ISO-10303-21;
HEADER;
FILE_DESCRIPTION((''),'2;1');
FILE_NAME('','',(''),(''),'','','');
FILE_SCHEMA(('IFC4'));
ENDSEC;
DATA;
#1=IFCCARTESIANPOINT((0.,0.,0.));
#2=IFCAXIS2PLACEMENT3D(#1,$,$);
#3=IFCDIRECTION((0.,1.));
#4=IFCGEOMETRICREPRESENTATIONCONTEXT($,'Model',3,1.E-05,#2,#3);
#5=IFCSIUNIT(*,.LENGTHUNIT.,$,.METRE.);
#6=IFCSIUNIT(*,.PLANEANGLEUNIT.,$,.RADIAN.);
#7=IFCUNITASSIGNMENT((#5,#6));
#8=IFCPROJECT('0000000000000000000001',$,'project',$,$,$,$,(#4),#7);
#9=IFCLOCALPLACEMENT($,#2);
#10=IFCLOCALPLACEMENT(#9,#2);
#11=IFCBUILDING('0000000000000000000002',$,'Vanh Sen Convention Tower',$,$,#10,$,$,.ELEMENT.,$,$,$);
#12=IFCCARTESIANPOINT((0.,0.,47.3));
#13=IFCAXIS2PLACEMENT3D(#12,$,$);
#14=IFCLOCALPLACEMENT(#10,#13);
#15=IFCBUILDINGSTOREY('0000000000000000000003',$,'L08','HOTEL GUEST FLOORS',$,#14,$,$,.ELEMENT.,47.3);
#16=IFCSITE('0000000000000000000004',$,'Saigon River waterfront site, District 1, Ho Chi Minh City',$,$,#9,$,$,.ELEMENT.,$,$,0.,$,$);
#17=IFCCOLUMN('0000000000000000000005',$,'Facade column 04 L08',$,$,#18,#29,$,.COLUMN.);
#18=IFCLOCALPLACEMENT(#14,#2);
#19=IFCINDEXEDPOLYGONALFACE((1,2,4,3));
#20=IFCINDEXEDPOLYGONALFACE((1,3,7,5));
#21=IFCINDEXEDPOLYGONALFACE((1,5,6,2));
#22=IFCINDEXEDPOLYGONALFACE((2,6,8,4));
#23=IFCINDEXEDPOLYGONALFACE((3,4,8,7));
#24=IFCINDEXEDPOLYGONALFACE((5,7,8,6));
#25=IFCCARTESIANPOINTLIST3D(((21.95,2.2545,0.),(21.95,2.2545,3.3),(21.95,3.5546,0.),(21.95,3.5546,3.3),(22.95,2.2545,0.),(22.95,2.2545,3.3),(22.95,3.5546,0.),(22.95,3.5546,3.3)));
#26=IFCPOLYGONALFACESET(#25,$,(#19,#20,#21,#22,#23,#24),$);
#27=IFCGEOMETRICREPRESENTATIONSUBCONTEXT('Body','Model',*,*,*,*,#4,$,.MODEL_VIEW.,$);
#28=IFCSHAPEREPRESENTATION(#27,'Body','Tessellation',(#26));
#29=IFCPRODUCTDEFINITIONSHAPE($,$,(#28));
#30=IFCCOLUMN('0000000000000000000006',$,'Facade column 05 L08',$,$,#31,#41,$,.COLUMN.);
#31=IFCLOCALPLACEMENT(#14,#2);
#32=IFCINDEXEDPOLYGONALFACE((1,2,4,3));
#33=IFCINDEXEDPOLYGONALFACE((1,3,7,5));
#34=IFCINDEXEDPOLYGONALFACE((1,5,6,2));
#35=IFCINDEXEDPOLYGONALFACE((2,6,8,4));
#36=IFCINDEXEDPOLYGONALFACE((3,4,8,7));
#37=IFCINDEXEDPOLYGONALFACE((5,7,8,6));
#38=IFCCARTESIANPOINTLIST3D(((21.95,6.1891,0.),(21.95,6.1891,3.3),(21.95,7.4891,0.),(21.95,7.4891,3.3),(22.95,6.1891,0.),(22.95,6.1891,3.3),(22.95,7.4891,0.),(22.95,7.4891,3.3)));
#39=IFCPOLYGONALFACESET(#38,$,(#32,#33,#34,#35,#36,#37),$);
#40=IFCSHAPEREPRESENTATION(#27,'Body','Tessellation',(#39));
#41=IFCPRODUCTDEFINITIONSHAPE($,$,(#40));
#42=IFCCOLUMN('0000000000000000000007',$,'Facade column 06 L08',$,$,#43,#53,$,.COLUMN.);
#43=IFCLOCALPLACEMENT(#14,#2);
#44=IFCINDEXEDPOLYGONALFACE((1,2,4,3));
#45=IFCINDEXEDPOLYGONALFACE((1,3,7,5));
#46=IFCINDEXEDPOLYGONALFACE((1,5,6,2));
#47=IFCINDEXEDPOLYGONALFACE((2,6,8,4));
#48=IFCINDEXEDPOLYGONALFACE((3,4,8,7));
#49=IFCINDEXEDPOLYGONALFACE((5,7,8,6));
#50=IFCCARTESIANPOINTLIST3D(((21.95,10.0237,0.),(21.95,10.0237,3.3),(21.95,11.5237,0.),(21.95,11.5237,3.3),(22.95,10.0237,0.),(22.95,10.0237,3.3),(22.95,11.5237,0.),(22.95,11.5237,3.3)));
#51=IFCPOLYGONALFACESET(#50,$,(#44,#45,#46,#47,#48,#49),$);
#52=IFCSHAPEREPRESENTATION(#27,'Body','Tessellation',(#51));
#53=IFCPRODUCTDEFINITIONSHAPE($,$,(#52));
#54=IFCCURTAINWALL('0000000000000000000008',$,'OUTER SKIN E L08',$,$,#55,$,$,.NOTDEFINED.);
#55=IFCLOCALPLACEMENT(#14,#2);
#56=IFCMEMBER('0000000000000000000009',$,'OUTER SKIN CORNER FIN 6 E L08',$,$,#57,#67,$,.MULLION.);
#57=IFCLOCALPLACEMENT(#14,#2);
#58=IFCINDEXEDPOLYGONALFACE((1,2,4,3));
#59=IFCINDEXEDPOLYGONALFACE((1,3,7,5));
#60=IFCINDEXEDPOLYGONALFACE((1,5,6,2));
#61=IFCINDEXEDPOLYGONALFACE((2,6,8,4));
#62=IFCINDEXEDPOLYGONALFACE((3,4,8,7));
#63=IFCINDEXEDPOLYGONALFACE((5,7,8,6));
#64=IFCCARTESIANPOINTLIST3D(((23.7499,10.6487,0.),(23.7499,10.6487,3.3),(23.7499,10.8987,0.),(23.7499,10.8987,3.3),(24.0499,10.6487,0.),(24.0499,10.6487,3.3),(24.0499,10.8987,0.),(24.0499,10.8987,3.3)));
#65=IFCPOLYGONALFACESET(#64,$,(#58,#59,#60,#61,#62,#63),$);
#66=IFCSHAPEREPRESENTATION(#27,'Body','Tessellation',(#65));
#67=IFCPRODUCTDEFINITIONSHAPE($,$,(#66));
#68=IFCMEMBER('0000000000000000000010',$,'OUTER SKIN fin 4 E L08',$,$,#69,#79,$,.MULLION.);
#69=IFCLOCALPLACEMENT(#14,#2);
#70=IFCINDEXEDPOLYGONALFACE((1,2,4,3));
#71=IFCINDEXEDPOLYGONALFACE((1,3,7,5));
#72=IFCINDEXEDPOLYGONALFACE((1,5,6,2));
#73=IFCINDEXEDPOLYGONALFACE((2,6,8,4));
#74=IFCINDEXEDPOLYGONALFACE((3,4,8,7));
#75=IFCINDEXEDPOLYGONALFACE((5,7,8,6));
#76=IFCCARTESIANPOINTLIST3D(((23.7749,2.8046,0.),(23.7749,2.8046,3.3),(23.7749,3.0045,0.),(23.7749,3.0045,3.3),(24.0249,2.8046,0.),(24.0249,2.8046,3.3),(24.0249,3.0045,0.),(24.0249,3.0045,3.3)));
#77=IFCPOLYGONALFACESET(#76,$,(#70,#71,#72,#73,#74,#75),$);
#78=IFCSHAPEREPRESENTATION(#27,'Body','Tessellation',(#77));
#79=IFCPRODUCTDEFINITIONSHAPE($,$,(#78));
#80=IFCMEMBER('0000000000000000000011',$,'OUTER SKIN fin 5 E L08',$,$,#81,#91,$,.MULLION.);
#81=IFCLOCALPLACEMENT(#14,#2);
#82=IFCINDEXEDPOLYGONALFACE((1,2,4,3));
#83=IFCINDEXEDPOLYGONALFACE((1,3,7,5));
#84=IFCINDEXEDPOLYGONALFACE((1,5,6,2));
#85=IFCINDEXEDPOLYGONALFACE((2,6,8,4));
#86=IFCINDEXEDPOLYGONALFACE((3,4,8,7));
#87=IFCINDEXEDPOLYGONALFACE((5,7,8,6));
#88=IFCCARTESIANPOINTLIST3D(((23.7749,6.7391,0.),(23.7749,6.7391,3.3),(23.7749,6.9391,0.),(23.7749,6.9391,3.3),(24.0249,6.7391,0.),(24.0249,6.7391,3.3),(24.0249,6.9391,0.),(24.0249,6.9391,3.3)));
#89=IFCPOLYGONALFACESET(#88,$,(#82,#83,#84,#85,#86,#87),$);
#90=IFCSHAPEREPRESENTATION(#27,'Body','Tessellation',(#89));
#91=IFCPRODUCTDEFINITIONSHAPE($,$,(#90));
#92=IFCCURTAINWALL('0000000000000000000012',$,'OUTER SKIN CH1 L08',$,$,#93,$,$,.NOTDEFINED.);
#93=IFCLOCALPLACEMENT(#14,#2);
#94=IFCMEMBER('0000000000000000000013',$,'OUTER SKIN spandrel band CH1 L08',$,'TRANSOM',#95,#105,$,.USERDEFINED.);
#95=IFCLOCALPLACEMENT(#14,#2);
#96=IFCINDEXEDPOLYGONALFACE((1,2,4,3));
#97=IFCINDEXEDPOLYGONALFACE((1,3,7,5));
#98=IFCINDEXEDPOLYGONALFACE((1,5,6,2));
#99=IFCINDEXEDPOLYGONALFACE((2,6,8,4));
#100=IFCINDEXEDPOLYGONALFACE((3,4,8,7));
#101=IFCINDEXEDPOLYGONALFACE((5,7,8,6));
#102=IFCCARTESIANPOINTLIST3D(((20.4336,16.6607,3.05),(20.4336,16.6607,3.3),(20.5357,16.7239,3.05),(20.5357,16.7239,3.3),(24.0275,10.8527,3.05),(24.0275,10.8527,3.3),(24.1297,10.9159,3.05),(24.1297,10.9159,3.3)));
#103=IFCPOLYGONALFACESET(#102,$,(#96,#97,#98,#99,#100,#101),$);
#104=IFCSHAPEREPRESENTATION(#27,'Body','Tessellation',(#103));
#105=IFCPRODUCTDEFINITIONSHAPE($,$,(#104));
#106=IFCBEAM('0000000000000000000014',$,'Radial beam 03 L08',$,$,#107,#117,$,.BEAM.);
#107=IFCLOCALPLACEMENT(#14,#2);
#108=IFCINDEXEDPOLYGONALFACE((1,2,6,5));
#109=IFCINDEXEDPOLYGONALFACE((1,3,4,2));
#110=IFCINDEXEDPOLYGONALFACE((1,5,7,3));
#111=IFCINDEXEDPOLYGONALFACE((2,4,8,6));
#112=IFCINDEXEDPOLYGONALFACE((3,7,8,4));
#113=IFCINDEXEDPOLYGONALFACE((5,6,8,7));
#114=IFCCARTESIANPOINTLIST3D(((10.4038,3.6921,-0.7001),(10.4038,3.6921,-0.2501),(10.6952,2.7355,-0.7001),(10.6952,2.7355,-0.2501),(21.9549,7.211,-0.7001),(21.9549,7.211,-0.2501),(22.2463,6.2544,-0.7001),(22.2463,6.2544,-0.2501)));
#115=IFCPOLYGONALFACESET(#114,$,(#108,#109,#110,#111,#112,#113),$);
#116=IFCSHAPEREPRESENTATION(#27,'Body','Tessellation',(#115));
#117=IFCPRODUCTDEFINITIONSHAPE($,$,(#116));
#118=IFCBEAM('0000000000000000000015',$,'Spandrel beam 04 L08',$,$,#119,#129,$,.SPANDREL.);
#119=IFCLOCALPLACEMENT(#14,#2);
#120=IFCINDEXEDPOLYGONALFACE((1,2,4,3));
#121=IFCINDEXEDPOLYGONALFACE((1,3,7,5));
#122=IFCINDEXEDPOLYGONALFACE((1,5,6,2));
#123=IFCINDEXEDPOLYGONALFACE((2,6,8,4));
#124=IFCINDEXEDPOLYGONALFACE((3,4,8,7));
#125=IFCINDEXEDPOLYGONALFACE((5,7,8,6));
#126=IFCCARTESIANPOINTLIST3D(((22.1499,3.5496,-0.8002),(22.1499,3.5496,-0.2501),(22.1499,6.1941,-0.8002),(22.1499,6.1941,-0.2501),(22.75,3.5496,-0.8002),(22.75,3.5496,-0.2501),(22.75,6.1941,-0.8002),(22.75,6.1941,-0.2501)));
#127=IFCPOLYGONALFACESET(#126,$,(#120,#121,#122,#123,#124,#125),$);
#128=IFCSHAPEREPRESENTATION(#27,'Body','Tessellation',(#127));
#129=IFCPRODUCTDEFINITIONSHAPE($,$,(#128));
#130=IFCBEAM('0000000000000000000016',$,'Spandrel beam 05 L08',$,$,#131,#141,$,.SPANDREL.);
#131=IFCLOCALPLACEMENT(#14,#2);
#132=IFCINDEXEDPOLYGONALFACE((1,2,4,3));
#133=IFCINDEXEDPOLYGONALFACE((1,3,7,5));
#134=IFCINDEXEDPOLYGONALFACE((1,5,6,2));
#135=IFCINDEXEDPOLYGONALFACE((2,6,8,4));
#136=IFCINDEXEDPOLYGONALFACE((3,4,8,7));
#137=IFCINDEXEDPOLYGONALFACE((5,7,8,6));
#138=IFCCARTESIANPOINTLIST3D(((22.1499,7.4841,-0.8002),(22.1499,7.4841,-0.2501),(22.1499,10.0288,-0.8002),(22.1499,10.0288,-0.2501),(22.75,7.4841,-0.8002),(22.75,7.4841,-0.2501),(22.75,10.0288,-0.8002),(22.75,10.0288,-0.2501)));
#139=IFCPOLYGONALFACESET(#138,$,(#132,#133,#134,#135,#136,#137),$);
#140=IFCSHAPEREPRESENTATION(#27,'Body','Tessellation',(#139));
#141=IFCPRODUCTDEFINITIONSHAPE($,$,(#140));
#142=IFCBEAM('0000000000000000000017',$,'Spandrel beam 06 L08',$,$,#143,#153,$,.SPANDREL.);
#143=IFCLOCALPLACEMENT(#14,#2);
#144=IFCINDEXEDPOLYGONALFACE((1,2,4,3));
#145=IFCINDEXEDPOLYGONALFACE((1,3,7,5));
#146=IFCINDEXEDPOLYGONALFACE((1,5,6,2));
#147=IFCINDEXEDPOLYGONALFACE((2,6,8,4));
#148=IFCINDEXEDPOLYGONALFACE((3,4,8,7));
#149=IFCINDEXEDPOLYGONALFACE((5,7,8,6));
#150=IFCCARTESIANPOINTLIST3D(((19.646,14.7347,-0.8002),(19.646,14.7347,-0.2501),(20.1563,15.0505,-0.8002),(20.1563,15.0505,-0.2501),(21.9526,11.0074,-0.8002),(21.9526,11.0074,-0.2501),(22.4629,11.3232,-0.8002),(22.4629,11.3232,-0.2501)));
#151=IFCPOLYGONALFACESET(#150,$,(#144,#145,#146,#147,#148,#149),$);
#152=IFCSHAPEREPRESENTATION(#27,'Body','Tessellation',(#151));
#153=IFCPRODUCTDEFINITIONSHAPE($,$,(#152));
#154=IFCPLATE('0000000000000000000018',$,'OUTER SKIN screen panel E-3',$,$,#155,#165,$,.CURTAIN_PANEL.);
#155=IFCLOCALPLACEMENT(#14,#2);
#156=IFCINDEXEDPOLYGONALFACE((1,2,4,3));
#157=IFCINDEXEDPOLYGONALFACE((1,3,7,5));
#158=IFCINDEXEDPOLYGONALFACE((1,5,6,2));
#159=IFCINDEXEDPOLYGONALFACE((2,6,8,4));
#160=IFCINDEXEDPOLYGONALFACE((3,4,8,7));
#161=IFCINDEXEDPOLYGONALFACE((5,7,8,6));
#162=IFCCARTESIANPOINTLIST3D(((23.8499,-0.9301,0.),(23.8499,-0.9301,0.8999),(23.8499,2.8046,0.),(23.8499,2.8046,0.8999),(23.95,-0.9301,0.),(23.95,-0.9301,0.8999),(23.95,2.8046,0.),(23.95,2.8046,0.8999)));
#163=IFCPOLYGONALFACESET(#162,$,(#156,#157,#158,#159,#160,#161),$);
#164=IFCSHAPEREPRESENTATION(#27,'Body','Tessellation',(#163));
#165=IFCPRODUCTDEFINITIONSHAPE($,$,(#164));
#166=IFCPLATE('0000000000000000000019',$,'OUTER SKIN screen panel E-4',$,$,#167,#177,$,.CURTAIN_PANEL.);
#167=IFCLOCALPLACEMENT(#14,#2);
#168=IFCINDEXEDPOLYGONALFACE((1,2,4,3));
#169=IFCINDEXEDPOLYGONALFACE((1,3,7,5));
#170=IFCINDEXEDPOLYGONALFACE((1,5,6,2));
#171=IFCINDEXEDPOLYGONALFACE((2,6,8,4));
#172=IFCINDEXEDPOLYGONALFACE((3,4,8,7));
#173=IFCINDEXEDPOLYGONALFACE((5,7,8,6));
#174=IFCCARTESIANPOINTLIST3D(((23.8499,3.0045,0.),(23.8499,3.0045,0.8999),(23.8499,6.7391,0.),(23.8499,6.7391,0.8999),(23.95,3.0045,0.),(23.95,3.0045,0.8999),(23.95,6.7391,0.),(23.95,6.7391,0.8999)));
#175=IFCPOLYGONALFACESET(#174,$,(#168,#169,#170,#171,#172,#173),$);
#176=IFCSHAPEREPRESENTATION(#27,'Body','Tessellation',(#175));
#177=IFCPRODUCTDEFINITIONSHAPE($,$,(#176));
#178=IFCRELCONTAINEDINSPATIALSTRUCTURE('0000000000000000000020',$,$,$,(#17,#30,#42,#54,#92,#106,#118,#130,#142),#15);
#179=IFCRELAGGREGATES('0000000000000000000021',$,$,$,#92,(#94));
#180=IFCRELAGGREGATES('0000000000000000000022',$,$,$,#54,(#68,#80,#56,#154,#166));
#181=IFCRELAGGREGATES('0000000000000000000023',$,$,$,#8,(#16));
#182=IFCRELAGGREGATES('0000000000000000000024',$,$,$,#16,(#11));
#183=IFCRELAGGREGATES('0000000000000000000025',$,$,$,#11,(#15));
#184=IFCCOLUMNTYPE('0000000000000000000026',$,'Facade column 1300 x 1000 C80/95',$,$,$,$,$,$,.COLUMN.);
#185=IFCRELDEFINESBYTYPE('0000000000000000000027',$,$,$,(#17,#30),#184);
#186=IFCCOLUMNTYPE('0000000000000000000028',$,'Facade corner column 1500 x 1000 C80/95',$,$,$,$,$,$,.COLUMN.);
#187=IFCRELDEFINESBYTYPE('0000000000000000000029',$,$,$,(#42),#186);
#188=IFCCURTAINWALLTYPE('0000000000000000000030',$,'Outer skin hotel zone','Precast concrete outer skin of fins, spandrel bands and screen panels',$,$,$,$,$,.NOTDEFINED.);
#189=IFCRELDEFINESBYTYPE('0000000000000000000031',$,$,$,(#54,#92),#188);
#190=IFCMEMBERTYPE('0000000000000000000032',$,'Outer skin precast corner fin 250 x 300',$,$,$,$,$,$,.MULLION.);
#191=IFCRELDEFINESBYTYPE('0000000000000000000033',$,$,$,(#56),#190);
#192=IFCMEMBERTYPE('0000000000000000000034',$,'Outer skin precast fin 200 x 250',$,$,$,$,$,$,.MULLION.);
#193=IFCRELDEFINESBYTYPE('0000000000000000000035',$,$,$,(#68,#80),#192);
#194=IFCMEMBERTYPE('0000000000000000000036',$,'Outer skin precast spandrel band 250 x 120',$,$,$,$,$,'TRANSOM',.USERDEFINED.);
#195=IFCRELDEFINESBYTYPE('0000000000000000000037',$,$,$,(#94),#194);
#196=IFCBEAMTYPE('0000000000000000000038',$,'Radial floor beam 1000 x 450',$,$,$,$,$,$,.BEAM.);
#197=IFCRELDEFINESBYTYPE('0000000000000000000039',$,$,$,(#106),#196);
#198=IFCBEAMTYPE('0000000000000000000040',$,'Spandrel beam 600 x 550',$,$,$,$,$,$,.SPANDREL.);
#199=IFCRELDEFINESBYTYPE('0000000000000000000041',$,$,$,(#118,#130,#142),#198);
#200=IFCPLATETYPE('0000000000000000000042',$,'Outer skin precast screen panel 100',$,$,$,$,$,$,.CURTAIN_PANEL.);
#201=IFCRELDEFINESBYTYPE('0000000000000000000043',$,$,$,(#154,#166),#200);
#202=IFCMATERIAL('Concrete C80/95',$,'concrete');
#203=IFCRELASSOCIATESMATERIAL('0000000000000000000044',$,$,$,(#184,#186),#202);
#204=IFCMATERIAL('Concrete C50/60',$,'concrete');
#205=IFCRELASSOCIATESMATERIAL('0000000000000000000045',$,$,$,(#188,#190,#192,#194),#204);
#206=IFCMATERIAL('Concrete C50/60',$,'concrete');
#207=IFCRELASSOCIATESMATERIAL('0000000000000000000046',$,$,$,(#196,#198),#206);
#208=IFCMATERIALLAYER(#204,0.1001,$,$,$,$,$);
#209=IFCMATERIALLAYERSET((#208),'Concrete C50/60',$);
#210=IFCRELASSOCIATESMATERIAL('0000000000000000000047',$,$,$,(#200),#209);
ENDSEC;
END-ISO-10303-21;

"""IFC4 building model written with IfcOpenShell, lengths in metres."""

from ifc_helpers import new_model, si_unit, direction, frame, origin, origin_2d, place, context, subcontext, project, spatial, rectangle, extrude, material, layer, layer_set, material_profile, profile_set, type_object, element, aggregate, save


model = new_model("IFC4")

# Units and contexts
model_context = context("Model", 3, precision=1e-05, world=origin(), true_north=direction((0.0, 1.0)))
body_context = subcontext(model_context, "Body", "Model", "MODEL_VIEW")
ifc_project = project(units=[si_unit("LENGTHUNIT", "METRE"), si_unit("PLANEANGLEUNIT", "RADIAN")], contexts=[model_context])

# Site, building, storey
site_placement = place(None, origin())
site = spatial("IfcSite", under=ifc_project, at=site_placement, Name="Saigon River waterfront site, District 1, Ho Chi Minh City", CompositionType="ELEMENT", RefElevation=0.0)
building_placement = place(site_placement, origin())
building = spatial("IfcBuilding", under=site, at=building_placement, Name="Vanh Sen Convention Tower", CompositionType="ELEMENT")
storey_placement = place(building_placement, frame((0.0, 0.0, 47.3)))
storey = spatial("IfcBuildingStorey", under=building, at=storey_placement, Name="L08", Description="HOTEL GUEST FLOORS", CompositionType="ELEMENT", Elevation=47.3)

# Columns
ifc_material_1 = material(Name="Concrete C80/95", Category="concrete")
ifc_material_profile_1 = material_profile(ifc_material_1, rectangle(XDim=1.3, YDim=1.0, at=origin_2d()), Name="RC 1300X1000")
ifc_profile_set_1 = profile_set([ifc_material_profile_1], Name="Concrete C80/95")
column_type_1 = type_object("IfcColumnType", Name="Facade column 1300 x 1000 C80/95", PredefinedType="COLUMN", material=ifc_profile_set_1)
for number, where, z_axis, x_axis, name in (
    (1, (22.45, 2.9045, 0.0), (0.0, 0.0, 1.0), (0.0, 1.0, 0.0), "Facade column 04 L08"),
    (2, (22.45, 6.8391, 0.0), (0.0, 0.0, 1.0), (0.0, 1.0, 0.0), "Facade column 05 L08"),
):
    element("IfcColumn", number, at=place(storey_placement, frame(where, z_axis=z_axis, x_axis=x_axis)), inside=storey, type_object=column_type_1, Name=name, PredefinedType="COLUMN", context=body_context, shape_type="SweptSolid", body=[
        extrude(rectangle(XDim=1.3, YDim=1.0, at=origin_2d()), origin(), (0.0, 0.0, 1.0), 3.3),
    ])
ifc_material_profile_2 = material_profile(ifc_material_1, rectangle(XDim=1.5, YDim=1.0, at=origin_2d()), Name="RC 1500X1000")
ifc_profile_set_2 = profile_set([ifc_material_profile_2], Name="Concrete C80/95")
column_type_2 = type_object("IfcColumnType", Name="Facade corner column 1500 x 1000 C80/95", PredefinedType="COLUMN", material=ifc_profile_set_2)
column_placement = place(storey_placement, frame((22.45, 10.7737, 0.0), z_axis=(0.0, 0.0, 1.0), x_axis=(0.0, 1.0, 0.0)))
element("IfcColumn", 3, at=column_placement, inside=storey, type_object=column_type_2, Name="Facade column 06 L08", PredefinedType="COLUMN", context=body_context, shape_type="SweptSolid", body=[
    extrude(rectangle(XDim=1.5, YDim=1.0, at=origin_2d()), origin(), (0.0, 0.0, 1.0), 3.3),
])

# Curtain wall, members
ifc_material_2 = material(Name="Concrete C50/60", Category="concrete")
curtain_wall_type = type_object("IfcCurtainWallType", Name="Outer skin hotel zone", Description="Precast concrete outer skin of fins, spandrel bands and screen panels", PredefinedType="NOTDEFINED", material=ifc_material_2)
curtain_wall_1_placement = place(storey_placement, origin())
curtain_wall_1 = element("IfcCurtainWall", 4, at=curtain_wall_1_placement, inside=storey, type_object=curtain_wall_type, Name="OUTER SKIN E L08", PredefinedType="NOTDEFINED")
ifc_material_profile_3 = material_profile(ifc_material_2, rectangle(XDim=0.25, YDim=0.3, at=origin_2d()), Name="Outer skin precast corner fin 250 x 300")
ifc_profile_set_3 = profile_set([ifc_material_profile_3], Name="Concrete C50/60")
member_type_1 = type_object("IfcMemberType", Name="Outer skin precast corner fin 250 x 300", PredefinedType="MULLION", material=ifc_profile_set_3)
member_1_placement = place(storey_placement, frame((23.8999, 10.7737, 0.0), z_axis=(0.0, 0.0, 1.0), x_axis=(0.0, 1.0, 0.0)))
member_1 = element("IfcMember", 5, at=member_1_placement, type_object=member_type_1, Name="OUTER SKIN CORNER FIN 6 E L08", PredefinedType="MULLION", context=body_context, shape_type="SweptSolid", body=[
    extrude(rectangle(XDim=0.25, YDim=0.3, at=origin_2d()), origin(), (0.0, 0.0, 1.0), 3.3),
])
ifc_material_profile_4 = material_profile(ifc_material_2, rectangle(XDim=0.2, YDim=0.25, at=origin_2d()), Name="Outer skin precast fin 200 x 250")
ifc_profile_set_4 = profile_set([ifc_material_profile_4], Name="Concrete C50/60")
member_type_2 = type_object("IfcMemberType", Name="Outer skin precast fin 200 x 250", PredefinedType="MULLION", material=ifc_profile_set_4)
member_2_placement = place(storey_placement, frame((23.8999, 2.9045, 0.0), z_axis=(0.0, 0.0, 1.0), x_axis=(0.0, 1.0, 0.0)))
member_2 = element("IfcMember", 6, at=member_2_placement, type_object=member_type_2, Name="OUTER SKIN fin 4 E L08", PredefinedType="MULLION", context=body_context, shape_type="SweptSolid", body=[
    extrude(rectangle(XDim=0.2, YDim=0.25, at=origin_2d()), origin(), (0.0, 0.0, 1.0), 3.3),
])
member_3_placement = place(storey_placement, frame((23.8999, 6.8391, 0.0), z_axis=(0.0, 0.0, 1.0), x_axis=(0.0, 1.0, 0.0)))
member_3 = element("IfcMember", 7, at=member_3_placement, type_object=member_type_2, Name="OUTER SKIN fin 5 E L08", PredefinedType="MULLION", context=body_context, shape_type="SweptSolid", body=[
    extrude(rectangle(XDim=0.2, YDim=0.25, at=origin_2d()), origin(), (0.0, 0.0, 1.0), 3.3),
])

# Curtain wall, member
curtain_wall_2_placement = place(storey_placement, origin())
curtain_wall_2 = element("IfcCurtainWall", 8, at=curtain_wall_2_placement, inside=storey, type_object=curtain_wall_type, Name="OUTER SKIN CH1 L08", PredefinedType="NOTDEFINED")
ifc_material_profile_5 = material_profile(ifc_material_2, rectangle(XDim=0.1201, YDim=0.25, at=origin_2d()), Name="Outer skin precast spandrel band 250 x 120")
ifc_profile_set_5 = profile_set([ifc_material_profile_5], Name="Concrete C50/60")
member_type_3 = type_object("IfcMemberType", Name="Outer skin precast spandrel band 250 x 120", ElementType="TRANSOM", PredefinedType="USERDEFINED", material=ifc_profile_set_5)
member_4_placement = place(storey_placement, frame((24.0786, 10.8843, 3.175), z_axis=(-0.526196, 0.850363, 0.0), x_axis=(-0.850363, -0.526196, 0.0)))
member_4 = element("IfcMember", 9, at=member_4_placement, type_object=member_type_3, Name="OUTER SKIN spandrel band CH1 L08", ObjectType="TRANSOM", PredefinedType="USERDEFINED", context=body_context, shape_type="SweptSolid", body=[
    extrude(rectangle(XDim=0.1201, YDim=0.25, at=origin_2d()), origin(), (0.0, 0.0, 1.0), 6.8301),
])
aggregate(curtain_wall_2, [member_4])

# Beams
ifc_material_3 = material(Name="Concrete C50/60", Category="concrete")
ifc_material_profile_6 = material_profile(ifc_material_3, rectangle(XDim=1.0, YDim=0.45, at=origin_2d()), Name="RC 1000X450")
ifc_profile_set_6 = profile_set([ifc_material_profile_6], Name="Concrete C50/60")
beam_type_1 = type_object("IfcBeamType", Name="Radial floor beam 1000 x 450", PredefinedType="BEAM", material=ifc_profile_set_6)
beam_1_placement = place(storey_placement, frame((22.1006, 6.7327, -0.4751), z_axis=(-0.956598, -0.291409, 0.0), x_axis=(0.291409, -0.956598, 0.0)))
element("IfcBeam", 10, at=beam_1_placement, inside=storey, type_object=beam_type_1, Name="Radial beam 03 L08", PredefinedType="BEAM", context=body_context, shape_type="SweptSolid", body=[
    extrude(rectangle(XDim=1.0, YDim=0.45, at=origin_2d()), origin(), (0.0, 0.0, 1.0), 12.0752),
])
ifc_material_profile_7 = material_profile(ifc_material_3, rectangle(XDim=0.6001, YDim=0.55, at=origin_2d()), Name="RC 600X550")
ifc_profile_set_7 = profile_set([ifc_material_profile_7], Name="Concrete C50/60")
beam_type_2 = type_object("IfcBeamType", Name="Spandrel beam 600 x 550", PredefinedType="SPANDREL", material=ifc_profile_set_7)
beam_2_placement = place(storey_placement, frame((22.45, 3.5496, -0.5251), z_axis=(0.0, 1.0, 0.0), x_axis=(-1.0, 0.0, 0.0)))
element("IfcBeam", 11, at=beam_2_placement, inside=storey, type_object=beam_type_2, Name="Spandrel beam 04 L08", PredefinedType="SPANDREL", context=body_context, shape_type="SweptSolid", body=[
    extrude(rectangle(XDim=0.6001, YDim=0.55, at=origin_2d()), origin(), (0.0, 0.0, 1.0), 2.6445),
])
beam_3_placement = place(storey_placement, frame((22.45, 7.4841, -0.5251), z_axis=(0.0, 1.0, 0.0), x_axis=(-1.0, 0.0, 0.0)))
element("IfcBeam", 12, at=beam_3_placement, inside=storey, type_object=beam_type_2, Name="Spandrel beam 05 L08", PredefinedType="SPANDREL", context=body_context, shape_type="SweptSolid", body=[
    extrude(rectangle(XDim=0.6001, YDim=0.55, at=origin_2d()), origin(), (0.0, 0.0, 1.0), 2.5447),
])
beam_4_placement = place(storey_placement, frame((22.2078, 11.1653, -0.5251), z_axis=(-0.526234, 0.85034, 0.0), x_axis=(-0.85034, -0.526234, 0.0)))
element("IfcBeam", 13, at=beam_4_placement, inside=storey, type_object=beam_type_2, Name="Spandrel beam 06 L08", PredefinedType="SPANDREL", context=body_context, shape_type="SweptSolid", body=[
    extrude(rectangle(XDim=0.6001, YDim=0.55, at=origin_2d()), origin(), (0.0, 0.0, 1.0), 4.3833),
])

# Plates
ifc_layer_1 = layer(ifc_material_2, 0.1001)
ifc_layer_set_1 = layer_set([ifc_layer_1], Name="Concrete C50/60")
plate_type = type_object("IfcPlateType", Name="Outer skin precast screen panel 100", PredefinedType="CURTAIN_PANEL", material=ifc_layer_set_1)
plate_1_placement = place(storey_placement, frame((23.8999, 0.9373, 0.0), z_axis=(0.0, 0.0, 1.0), x_axis=(0.0, 1.0, 0.0)))
plate_1 = element("IfcPlate", 14, at=plate_1_placement, type_object=plate_type, Name="OUTER SKIN screen panel E-3", PredefinedType="CURTAIN_PANEL", context=body_context, shape_type="SweptSolid", body=[
    extrude(rectangle(XDim=3.7346, YDim=0.1001, at=origin_2d()), origin(), (0.0, 0.0, 1.0), 0.8999),
])
plate_2_placement = place(storey_placement, frame((23.8999, 4.8718, 0.0), z_axis=(0.0, 0.0, 1.0), x_axis=(0.0, 1.0, 0.0)))
plate_2 = element("IfcPlate", 15, at=plate_2_placement, type_object=plate_type, Name="OUTER SKIN screen panel E-4", PredefinedType="CURTAIN_PANEL", context=body_context, shape_type="SweptSolid", body=[
    extrude(rectangle(XDim=3.7346, YDim=0.1001, at=origin_2d()), origin(), (0.0, 0.0, 1.0), 0.8999),
])
aggregate(curtain_wall_1, [member_2, member_3, member_1, plate_1, plate_2])

save(model, "model.ifc")
